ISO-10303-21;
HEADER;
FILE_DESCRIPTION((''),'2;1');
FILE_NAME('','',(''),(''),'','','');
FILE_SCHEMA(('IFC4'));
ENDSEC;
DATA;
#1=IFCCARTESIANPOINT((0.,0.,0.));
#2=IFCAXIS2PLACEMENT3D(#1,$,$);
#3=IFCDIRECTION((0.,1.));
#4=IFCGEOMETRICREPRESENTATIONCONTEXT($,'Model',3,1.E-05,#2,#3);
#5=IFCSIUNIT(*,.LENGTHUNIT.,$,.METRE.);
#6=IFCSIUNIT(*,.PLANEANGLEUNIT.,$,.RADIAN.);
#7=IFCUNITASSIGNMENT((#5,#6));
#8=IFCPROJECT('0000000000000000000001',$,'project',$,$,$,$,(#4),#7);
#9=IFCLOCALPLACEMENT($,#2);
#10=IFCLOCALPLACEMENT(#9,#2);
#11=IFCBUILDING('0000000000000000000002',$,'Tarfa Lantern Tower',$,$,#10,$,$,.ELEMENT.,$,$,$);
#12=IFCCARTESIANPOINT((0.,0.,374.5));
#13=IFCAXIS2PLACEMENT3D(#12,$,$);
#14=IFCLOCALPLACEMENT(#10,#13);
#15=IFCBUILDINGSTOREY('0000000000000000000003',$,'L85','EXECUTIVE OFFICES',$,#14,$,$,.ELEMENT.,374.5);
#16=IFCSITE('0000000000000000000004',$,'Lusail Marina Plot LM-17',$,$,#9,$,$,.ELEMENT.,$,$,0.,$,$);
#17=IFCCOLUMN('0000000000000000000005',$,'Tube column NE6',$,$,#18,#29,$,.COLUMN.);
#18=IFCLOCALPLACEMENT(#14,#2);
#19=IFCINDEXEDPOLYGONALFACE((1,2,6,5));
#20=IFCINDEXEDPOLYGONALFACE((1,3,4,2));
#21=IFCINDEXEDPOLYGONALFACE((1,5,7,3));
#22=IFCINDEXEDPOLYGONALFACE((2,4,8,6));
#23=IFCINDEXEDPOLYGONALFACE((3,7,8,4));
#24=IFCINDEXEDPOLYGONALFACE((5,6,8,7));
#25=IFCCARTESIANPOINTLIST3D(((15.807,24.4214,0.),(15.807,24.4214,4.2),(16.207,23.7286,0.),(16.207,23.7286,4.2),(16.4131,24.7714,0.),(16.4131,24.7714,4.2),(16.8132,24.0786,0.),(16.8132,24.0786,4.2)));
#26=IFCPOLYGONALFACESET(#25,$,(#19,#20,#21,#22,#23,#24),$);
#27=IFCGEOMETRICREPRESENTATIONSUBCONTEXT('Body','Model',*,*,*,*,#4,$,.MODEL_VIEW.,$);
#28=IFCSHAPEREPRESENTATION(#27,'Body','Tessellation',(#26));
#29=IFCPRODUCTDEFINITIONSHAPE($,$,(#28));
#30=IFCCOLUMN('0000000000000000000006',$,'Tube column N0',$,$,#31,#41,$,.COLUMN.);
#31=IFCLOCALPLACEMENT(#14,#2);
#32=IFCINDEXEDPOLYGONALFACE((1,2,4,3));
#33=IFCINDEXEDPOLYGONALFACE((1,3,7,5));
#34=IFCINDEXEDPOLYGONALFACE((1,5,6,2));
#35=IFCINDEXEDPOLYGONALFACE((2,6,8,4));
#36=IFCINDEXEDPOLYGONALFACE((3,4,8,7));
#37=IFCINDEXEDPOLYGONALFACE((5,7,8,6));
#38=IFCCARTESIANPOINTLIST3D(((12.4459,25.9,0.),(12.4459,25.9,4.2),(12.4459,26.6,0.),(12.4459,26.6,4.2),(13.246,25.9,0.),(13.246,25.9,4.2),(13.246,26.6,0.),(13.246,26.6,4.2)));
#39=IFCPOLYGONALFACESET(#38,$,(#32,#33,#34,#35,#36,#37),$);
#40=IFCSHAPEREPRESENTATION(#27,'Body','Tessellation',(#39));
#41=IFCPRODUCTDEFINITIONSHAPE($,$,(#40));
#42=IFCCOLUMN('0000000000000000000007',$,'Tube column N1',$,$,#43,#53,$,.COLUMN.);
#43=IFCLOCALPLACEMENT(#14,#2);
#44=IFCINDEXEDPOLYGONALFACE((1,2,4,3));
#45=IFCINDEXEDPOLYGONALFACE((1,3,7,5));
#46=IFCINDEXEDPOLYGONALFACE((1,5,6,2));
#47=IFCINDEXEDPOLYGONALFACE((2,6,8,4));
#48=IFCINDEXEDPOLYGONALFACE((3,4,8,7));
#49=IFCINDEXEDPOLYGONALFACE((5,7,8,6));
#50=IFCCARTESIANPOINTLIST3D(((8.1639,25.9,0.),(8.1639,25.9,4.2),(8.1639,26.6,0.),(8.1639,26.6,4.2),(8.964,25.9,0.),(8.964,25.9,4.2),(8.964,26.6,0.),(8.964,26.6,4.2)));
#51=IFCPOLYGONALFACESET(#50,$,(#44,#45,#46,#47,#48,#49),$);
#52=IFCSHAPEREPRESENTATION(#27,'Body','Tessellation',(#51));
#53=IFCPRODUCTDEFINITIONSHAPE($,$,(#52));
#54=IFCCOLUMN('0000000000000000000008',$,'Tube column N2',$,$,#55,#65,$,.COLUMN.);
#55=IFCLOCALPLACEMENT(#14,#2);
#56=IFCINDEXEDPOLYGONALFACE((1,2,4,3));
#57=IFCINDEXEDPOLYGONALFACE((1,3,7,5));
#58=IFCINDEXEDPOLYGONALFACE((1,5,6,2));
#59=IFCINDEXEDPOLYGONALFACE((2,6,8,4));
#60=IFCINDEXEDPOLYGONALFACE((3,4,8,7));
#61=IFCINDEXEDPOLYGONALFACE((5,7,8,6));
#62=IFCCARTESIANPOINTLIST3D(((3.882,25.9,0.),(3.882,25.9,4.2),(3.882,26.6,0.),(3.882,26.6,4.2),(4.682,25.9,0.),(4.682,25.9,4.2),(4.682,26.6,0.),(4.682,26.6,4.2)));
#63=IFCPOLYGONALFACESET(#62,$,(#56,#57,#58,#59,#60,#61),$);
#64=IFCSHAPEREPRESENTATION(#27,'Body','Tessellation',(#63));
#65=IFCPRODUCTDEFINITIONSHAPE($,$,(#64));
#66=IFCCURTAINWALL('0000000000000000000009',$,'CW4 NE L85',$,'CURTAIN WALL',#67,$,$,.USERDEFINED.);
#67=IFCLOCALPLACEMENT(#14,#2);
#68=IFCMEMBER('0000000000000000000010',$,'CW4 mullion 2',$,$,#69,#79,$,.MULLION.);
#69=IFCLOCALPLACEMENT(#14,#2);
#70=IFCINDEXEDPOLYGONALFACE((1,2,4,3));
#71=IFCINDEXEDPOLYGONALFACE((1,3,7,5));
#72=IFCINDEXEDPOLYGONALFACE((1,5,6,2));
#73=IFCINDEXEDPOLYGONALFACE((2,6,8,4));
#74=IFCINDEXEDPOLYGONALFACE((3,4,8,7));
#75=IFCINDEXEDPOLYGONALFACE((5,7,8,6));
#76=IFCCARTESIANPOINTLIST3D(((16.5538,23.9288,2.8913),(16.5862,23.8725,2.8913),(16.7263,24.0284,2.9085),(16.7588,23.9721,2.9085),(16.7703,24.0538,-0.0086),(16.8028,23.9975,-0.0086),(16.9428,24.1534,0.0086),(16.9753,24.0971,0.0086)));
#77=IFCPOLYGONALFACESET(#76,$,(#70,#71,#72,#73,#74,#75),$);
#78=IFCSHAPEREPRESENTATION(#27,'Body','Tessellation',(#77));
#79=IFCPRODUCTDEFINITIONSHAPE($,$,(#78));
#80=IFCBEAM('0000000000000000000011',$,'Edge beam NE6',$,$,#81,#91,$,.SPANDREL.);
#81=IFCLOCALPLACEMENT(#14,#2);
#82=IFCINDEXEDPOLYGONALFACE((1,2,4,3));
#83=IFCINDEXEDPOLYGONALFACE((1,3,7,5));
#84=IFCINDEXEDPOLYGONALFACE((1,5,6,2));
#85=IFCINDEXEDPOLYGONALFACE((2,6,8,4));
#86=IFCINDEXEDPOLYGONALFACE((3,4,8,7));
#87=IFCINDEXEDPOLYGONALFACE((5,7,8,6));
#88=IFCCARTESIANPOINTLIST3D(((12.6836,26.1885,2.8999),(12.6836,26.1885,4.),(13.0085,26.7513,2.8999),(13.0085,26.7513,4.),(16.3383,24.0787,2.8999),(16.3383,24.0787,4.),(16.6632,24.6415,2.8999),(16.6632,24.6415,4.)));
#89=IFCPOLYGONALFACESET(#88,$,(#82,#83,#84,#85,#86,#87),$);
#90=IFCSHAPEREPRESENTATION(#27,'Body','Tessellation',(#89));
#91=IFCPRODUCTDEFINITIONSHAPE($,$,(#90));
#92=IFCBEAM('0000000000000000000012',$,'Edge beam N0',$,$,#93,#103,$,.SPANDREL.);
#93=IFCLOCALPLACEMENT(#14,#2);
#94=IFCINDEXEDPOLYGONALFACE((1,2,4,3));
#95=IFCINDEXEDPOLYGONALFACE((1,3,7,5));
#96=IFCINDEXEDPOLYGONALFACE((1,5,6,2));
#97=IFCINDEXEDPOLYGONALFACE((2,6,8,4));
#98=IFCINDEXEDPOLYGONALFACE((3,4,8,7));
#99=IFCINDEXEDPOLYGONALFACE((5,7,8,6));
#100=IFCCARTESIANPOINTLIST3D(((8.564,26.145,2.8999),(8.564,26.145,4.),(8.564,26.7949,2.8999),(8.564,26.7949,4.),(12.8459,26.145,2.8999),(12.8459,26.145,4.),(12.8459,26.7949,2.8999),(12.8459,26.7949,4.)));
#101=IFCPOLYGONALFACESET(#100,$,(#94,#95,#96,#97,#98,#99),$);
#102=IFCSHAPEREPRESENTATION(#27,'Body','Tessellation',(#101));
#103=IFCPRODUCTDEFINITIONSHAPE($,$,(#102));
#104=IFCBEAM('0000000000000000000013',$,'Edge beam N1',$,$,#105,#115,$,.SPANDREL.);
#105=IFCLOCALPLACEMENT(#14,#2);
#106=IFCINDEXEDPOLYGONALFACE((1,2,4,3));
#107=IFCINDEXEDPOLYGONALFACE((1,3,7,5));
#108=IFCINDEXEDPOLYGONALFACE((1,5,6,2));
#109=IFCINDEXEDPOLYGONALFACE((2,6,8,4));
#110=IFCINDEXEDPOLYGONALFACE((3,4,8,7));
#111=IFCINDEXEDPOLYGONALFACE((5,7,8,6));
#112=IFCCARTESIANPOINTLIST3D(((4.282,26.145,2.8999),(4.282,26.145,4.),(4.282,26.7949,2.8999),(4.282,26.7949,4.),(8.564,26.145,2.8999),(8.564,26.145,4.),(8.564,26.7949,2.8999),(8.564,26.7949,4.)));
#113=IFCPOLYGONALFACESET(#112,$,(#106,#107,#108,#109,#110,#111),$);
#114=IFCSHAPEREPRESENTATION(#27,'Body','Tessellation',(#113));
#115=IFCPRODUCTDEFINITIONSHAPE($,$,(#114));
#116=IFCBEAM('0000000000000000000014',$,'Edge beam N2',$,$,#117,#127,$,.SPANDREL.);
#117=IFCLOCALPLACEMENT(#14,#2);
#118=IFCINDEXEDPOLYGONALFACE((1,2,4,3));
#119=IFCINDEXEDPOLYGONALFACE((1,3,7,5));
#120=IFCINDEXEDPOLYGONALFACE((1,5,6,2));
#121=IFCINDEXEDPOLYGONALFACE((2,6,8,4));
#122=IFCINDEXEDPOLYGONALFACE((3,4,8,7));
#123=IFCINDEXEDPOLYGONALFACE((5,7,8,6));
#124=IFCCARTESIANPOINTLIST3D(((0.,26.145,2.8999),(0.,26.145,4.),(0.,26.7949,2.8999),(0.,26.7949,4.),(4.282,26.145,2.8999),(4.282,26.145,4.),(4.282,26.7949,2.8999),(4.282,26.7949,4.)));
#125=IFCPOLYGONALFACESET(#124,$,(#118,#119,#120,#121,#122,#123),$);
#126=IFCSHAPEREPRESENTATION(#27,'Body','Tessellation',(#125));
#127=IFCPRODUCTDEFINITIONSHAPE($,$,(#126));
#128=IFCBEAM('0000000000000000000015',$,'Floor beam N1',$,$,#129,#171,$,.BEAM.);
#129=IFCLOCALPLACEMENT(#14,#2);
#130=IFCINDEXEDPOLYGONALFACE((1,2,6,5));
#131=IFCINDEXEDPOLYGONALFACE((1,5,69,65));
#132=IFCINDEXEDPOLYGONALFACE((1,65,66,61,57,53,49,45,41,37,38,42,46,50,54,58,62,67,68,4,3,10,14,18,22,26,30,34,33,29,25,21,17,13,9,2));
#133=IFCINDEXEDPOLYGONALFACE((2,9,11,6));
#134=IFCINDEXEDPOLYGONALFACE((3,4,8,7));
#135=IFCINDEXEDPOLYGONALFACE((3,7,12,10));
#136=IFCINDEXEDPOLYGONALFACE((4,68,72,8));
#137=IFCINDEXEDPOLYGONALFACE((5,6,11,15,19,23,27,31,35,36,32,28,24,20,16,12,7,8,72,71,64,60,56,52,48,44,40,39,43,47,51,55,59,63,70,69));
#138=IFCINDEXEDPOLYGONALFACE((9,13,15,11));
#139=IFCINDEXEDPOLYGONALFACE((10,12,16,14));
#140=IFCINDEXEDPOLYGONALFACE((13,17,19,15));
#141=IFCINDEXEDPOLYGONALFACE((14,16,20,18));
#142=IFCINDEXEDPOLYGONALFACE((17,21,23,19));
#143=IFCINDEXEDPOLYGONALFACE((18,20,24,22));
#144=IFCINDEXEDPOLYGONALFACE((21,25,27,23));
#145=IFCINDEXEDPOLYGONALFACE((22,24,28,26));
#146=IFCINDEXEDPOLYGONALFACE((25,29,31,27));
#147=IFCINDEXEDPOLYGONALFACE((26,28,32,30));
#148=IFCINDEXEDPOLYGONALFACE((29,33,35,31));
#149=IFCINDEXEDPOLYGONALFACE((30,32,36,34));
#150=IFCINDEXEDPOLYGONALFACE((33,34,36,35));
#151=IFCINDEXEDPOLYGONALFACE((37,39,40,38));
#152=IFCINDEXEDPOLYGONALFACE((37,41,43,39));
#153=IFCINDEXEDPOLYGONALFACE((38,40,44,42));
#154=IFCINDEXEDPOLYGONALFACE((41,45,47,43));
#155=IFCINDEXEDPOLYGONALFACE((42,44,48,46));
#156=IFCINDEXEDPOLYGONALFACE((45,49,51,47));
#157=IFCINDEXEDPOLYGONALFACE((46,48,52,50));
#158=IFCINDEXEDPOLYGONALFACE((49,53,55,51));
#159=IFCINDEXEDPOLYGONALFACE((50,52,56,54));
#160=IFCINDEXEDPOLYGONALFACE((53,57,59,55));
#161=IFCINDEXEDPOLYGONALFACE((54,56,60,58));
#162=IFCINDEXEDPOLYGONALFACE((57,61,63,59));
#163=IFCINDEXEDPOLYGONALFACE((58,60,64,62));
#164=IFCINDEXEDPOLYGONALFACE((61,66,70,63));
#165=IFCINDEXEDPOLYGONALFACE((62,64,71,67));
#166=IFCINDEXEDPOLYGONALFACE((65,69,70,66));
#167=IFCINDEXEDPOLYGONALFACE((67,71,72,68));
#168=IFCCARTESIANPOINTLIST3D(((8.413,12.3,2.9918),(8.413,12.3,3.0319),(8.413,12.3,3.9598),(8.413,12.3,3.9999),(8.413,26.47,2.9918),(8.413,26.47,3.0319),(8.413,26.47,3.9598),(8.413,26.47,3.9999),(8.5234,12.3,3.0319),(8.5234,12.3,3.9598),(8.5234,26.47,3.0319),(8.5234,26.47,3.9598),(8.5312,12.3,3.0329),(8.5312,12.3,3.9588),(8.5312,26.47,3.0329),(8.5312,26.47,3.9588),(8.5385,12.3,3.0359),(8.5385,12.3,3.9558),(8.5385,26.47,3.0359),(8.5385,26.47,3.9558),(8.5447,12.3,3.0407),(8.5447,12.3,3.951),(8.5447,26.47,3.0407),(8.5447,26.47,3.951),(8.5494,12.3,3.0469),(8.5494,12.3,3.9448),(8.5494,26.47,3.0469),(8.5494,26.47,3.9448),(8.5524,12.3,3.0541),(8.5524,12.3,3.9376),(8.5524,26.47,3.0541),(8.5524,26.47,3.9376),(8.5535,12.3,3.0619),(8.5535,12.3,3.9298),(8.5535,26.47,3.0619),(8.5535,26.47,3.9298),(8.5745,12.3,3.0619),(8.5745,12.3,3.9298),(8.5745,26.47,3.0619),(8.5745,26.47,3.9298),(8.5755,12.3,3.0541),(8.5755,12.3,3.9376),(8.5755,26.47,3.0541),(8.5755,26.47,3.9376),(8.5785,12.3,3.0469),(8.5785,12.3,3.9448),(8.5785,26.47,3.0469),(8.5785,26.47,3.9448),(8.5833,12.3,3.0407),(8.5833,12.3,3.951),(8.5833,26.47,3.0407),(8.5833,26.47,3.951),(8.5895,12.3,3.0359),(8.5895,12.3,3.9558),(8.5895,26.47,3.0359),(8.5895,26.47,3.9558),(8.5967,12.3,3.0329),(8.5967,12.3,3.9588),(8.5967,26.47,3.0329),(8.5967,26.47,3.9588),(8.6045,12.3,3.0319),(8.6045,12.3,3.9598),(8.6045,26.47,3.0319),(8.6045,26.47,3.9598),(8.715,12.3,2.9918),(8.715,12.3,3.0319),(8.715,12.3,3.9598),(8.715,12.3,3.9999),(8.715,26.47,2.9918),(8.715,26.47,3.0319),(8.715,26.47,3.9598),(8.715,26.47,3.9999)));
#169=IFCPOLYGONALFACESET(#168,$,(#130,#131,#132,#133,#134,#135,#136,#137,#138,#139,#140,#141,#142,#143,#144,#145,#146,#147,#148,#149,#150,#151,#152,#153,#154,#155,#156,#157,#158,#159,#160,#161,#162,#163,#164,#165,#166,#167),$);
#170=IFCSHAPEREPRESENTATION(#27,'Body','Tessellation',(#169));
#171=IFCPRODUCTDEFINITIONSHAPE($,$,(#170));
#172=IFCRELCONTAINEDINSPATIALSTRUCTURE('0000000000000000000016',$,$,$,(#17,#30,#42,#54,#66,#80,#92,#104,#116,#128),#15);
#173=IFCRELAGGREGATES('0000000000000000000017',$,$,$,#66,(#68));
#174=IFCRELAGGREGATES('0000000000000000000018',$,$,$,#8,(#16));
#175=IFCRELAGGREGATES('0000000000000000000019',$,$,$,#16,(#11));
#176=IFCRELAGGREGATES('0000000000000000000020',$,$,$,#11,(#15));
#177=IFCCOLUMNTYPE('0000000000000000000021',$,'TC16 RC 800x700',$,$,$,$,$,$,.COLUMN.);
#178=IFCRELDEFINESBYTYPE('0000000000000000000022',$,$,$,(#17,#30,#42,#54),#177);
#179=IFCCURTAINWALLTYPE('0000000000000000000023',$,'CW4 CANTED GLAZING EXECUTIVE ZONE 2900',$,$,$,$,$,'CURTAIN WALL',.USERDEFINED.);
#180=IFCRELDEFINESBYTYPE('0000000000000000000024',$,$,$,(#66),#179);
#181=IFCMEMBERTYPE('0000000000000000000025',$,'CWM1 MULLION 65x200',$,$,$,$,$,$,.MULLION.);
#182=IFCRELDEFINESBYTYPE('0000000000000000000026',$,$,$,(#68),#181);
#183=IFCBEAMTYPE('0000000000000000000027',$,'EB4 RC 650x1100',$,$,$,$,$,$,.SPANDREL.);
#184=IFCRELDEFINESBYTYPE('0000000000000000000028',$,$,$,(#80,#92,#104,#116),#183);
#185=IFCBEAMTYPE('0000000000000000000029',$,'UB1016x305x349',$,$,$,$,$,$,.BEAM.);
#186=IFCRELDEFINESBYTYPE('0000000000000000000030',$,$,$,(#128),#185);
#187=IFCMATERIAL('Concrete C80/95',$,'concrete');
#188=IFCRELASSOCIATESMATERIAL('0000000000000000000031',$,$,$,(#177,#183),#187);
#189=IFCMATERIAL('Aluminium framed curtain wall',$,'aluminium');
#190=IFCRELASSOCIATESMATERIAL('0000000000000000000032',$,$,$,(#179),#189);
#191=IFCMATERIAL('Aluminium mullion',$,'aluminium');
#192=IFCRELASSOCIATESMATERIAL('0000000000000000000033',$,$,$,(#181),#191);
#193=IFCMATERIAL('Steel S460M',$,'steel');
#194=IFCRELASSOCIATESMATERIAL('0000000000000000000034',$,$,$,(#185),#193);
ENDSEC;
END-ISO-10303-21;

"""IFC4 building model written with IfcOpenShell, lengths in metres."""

from ifc_helpers import new_model, si_unit, direction, frame, origin, origin_2d, place, context, subcontext, project, spatial, rectangle, i_section, extrude, material, material_profile, profile_set, type_object, element, aggregate, save


model = new_model("IFC4")

# Units and contexts
model_context = context("Model", 3, precision=1e-05, world=origin(), true_north=direction((0.0, 1.0)))
body_context = subcontext(model_context, "Body", "Model", "MODEL_VIEW")
ifc_project = project(units=[si_unit("LENGTHUNIT", "METRE"), si_unit("PLANEANGLEUNIT", "RADIAN")], contexts=[model_context])

# Site, building, storey
site_placement = place(None, origin())
site = spatial("IfcSite", under=ifc_project, at=site_placement, Name="Lusail Marina Plot LM-17", CompositionType="ELEMENT", RefElevation=0.0)
building_placement = place(site_placement, origin())
building = spatial("IfcBuilding", under=site, at=building_placement, Name="Tarfa Lantern Tower", CompositionType="ELEMENT")
storey_placement = place(building_placement, frame((0.0, 0.0, 374.5)))
storey = spatial("IfcBuildingStorey", under=building, at=storey_placement, Name="L85", Description="EXECUTIVE OFFICES", CompositionType="ELEMENT", Elevation=374.5)

# Columns
ifc_material_1 = material(Name="Concrete C80/95", Category="concrete")
ifc_material_profile_1 = material_profile(ifc_material_1, rectangle(XDim=0.8, YDim=0.7, at=origin_2d()), Name="RC 800x700")
ifc_profile_set_1 = profile_set([ifc_material_profile_1], Name="Concrete C80/95")
column_type = type_object("IfcColumnType", Name="TC16 RC 800x700", PredefinedType="COLUMN", material=ifc_profile_set_1)
for number, where, z_axis, x_axis, name in (
    (1, (16.3101, 24.25, 0.0), (0.0, 0.0, 1.0), (-0.5, 0.866025, 0.0), "Tube column NE6"),
    (2, (12.8459, 26.25, 0.0), (0.0, 0.0, 1.0), (-1.0, 0.0, 0.0), "Tube column N0"),
    (3, (8.564, 26.25, 0.0), (0.0, 0.0, 1.0), (-1.0, 0.0, 0.0), "Tube column N1"),
    (4, (4.282, 26.25, 0.0), (0.0, 0.0, 1.0), (-1.0, 0.0, 0.0), "Tube column N2"),
):
    element("IfcColumn", number, at=place(storey_placement, frame(where, z_axis=z_axis, x_axis=x_axis)), inside=storey, type_object=column_type, Name=name, PredefinedType="COLUMN", context=body_context, shape_type="SweptSolid", body=[
        extrude(rectangle(XDim=0.8, YDim=0.7, at=origin_2d()), origin(), (0.0, 0.0, 1.0), 4.2),
    ])

# Curtain wall, member
ifc_material_2 = material(Name="Aluminium framed curtain wall", Category="aluminium")
curtain_wall_type = type_object("IfcCurtainWallType", Name="CW4 CANTED GLAZING EXECUTIVE ZONE 2900", ElementType="CURTAIN WALL", PredefinedType="USERDEFINED", material=ifc_material_2)
curtain_wall_placement = place(storey_placement, origin())
curtain_wall = element("IfcCurtainWall", 5, at=curtain_wall_placement, inside=storey, type_object=curtain_wall_type, Name="CW4 NE L85", ObjectType="CURTAIN WALL", PredefinedType="USERDEFINED")
ifc_material_3 = material(Name="Aluminium mullion", Category="aluminium")
ifc_material_profile_2 = material_profile(ifc_material_3, rectangle(XDim=0.0649, YDim=0.2, at=origin_2d()), Name="AL MULLION 65x200")
ifc_profile_set_2 = profile_set([ifc_material_profile_2], Name="Aluminium mullion")
member_type = type_object("IfcMemberType", Name="CWM1 MULLION 65x200", PredefinedType="MULLION", material=ifc_profile_set_2)
member_placement = place(storey_placement, frame((16.8728, 24.0754, 0.0), z_axis=(-0.0744, -0.042946, 0.996303), x_axis=(0.49992, -0.866072, 0.0)))
member = element("IfcMember", 6, at=member_placement, type_object=member_type, Name="CW4 mullion 2", PredefinedType="MULLION", context=body_context, shape_type="SweptSolid", body=[
    extrude(rectangle(XDim=0.0649, YDim=0.2, at=origin_2d()), origin(), (0.0, 0.0, 1.0), 2.9106),
])
aggregate(curtain_wall, [member])

# Beams
ifc_material_profile_3 = material_profile(ifc_material_1, rectangle(XDim=0.6499, YDim=1.1001, at=origin_2d()), Name="RC 650x1100")
ifc_profile_set_3 = profile_set([ifc_material_profile_3], Name="Concrete C80/95")
beam_type_1 = type_object("IfcBeamType", Name="EB4 RC 650x1100", PredefinedType="SPANDREL", material=ifc_profile_set_3)
beam_1_placement = place(storey_placement, frame((16.5007, 24.3601, 3.45), z_axis=(-0.866049, 0.499959, 0.0), x_axis=(-0.499959, -0.866049, 0.0)))
element("IfcBeam", 7, at=beam_1_placement, inside=storey, type_object=beam_type_1, Name="Edge beam NE6", PredefinedType="SPANDREL", context=body_context, shape_type="SweptSolid", body=[
    extrude(rectangle(XDim=0.6499, YDim=1.1001, at=origin_2d()), origin(), (0.0, 0.0, 1.0), 4.22),
])
for number, where, z_axis, x_axis, name in (
    (8, (12.8459, 26.47, 3.45), (-1.0, 0.0, 0.0), (0.0, -1.0, 0.0), "Edge beam N0"),
    (9, (8.564, 26.47, 3.45), (-1.0, 0.0, 0.0), (0.0, -1.0, 0.0), "Edge beam N1"),
    (10, (4.282, 26.47, 3.45), (-1.0, 0.0, 0.0), (0.0, -1.0, 0.0), "Edge beam N2"),
):
    element("IfcBeam", number, at=place(storey_placement, frame(where, z_axis=z_axis, x_axis=x_axis)), inside=storey, type_object=beam_type_1, Name=name, PredefinedType="SPANDREL", context=body_context, shape_type="SweptSolid", body=[
        extrude(rectangle(XDim=0.6499, YDim=1.1001, at=origin_2d()), origin(), (0.0, 0.0, 1.0), 4.282),
    ])
ifc_material_4 = material(Name="Steel S460M", Category="steel")
ifc_material_profile_4 = material_profile(ifc_material_4, i_section(OverallWidth=0.302, OverallDepth=1.0081, WebThickness=0.021, FlangeThickness=0.04, FilletRadius=0.03, at=origin_2d()), Name="UB1016x305x349")
ifc_profile_set_4 = profile_set([ifc_material_profile_4], Name="Steel S460M")
beam_type_2 = type_object("IfcBeamType", Name="UB1016x305x349", PredefinedType="BEAM", material=ifc_profile_set_4)
for number, where, z_axis, x_axis, name in (
    (11, (8.564, 26.47, 3.4958), (0.0, -1.0, 0.0), (1.0, 0.0, 0.0), "Floor beam N1"),
):
    element("IfcBeam", number, at=place(storey_placement, frame(where, z_axis=z_axis, x_axis=x_axis)), inside=storey, type_object=beam_type_2, Name=name, PredefinedType="BEAM", context=body_context, shape_type="SweptSolid", body=[
        extrude(i_section(OverallWidth=0.302, OverallDepth=1.0081, WebThickness=0.021, FlangeThickness=0.04, FilletRadius=0.03, at=origin_2d()), origin(), (0.0, 0.0, 1.0), 14.1699),
    ])

save(model, "model.ifc")
